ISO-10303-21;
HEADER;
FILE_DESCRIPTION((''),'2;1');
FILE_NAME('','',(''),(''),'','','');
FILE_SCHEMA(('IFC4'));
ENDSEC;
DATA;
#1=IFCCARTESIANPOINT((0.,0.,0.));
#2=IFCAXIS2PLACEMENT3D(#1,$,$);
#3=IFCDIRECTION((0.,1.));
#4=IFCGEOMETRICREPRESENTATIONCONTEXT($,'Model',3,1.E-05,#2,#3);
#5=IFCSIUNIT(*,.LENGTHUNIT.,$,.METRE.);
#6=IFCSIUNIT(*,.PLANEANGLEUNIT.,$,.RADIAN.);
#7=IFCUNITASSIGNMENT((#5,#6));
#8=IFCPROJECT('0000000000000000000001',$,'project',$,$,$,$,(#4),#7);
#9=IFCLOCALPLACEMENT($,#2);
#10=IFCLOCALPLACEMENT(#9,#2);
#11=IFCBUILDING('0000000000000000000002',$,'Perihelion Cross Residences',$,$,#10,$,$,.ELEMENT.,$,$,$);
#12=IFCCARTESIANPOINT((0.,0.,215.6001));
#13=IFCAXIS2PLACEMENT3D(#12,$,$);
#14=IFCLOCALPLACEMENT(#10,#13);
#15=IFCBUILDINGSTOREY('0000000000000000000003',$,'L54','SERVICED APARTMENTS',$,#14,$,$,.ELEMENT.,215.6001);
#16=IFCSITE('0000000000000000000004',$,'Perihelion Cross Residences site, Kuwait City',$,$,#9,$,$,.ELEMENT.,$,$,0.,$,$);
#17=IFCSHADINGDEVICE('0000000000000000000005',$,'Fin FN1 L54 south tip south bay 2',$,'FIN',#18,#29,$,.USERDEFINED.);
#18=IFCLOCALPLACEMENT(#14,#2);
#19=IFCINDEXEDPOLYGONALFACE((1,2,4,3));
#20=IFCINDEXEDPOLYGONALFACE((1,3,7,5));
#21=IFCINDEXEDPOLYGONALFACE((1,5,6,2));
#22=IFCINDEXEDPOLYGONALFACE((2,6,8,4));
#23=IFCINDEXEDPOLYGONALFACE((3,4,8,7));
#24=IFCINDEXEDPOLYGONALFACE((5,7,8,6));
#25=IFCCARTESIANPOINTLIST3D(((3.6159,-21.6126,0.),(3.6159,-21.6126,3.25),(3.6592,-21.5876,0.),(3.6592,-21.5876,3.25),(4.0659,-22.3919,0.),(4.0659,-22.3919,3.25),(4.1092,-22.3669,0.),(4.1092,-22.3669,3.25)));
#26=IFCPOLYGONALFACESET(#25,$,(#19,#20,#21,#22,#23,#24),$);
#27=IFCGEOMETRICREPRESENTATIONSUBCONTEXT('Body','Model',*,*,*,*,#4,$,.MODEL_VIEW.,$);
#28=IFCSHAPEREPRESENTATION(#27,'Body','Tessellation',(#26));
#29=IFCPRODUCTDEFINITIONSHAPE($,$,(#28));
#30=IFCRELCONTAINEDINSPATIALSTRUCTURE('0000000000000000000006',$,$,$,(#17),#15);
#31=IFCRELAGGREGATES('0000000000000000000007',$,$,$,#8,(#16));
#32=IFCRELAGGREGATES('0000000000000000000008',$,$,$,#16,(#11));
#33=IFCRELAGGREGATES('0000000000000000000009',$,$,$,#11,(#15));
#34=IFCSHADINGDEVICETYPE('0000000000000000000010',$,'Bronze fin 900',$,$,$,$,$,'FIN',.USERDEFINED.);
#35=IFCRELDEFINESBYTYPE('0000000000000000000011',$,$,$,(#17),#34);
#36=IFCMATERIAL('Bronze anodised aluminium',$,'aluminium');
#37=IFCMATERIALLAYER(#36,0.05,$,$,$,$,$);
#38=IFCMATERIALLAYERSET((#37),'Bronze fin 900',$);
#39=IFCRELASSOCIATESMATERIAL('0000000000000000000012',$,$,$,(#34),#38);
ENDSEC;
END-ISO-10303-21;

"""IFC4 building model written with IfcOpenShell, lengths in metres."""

from ifc_helpers import new_model, si_unit, direction, frame, origin, origin_2d, place, context, subcontext, project, spatial, rectangle, extrude, material, layer, layer_set, type_object, element, save


model = new_model("IFC4")

# Units and contexts
model_context = context("Model", 3, precision=1e-05, world=origin(), true_north=direction((0.0, 1.0)))
body_context = subcontext(model_context, "Body", "Model", "MODEL_VIEW")
ifc_project = project(units=[si_unit("LENGTHUNIT", "METRE"), si_unit("PLANEANGLEUNIT", "RADIAN")], contexts=[model_context])

# Site, building, storey
site_placement = place(None, origin())
site = spatial("IfcSite", under=ifc_project, at=site_placement, Name="Perihelion Cross Residences site, Kuwait City", CompositionType="ELEMENT", RefElevation=0.0)
building_placement = place(site_placement, origin())
building = spatial("IfcBuilding", under=site, at=building_placement, Name="Perihelion Cross Residences", CompositionType="ELEMENT")
storey_placement = place(building_placement, frame((0.0, 0.0, 215.6001)))
storey = spatial("IfcBuildingStorey", under=building, at=storey_placement, Name="L54", Description="SERVICED APARTMENTS", CompositionType="ELEMENT", Elevation=215.6001)

# Shading device
ifc_material_1 = material(Name="Bronze anodised aluminium", Category="aluminium")
ifc_layer_1 = layer(ifc_material_1, 0.05)
ifc_layer_set_1 = layer_set([ifc_layer_1], Name="Bronze fin 900")
shading_device_type = type_object("IfcShadingDeviceType", Name="Bronze fin 900", ElementType="FIN", PredefinedType="USERDEFINED", material=ifc_layer_set_1)
shading_device_placement = place(storey_placement, frame((3.8625, -21.9897, 0.0), z_axis=(0.0, 0.0, 1.0), x_axis=(0.5, -0.866025, 0.0)))
element("IfcShadingDevice", 1, at=shading_device_placement, inside=storey, type_object=shading_device_type, Name="Fin FN1 L54 south tip south bay 2", ObjectType="FIN", PredefinedType="USERDEFINED", context=body_context, shape_type="SweptSolid", body=[
    extrude(rectangle(XDim=0.8999, YDim=0.05, at=origin_2d()), origin(), (0.0, 0.0, 1.0), 3.25),
])

save(model, "model.ifc")
